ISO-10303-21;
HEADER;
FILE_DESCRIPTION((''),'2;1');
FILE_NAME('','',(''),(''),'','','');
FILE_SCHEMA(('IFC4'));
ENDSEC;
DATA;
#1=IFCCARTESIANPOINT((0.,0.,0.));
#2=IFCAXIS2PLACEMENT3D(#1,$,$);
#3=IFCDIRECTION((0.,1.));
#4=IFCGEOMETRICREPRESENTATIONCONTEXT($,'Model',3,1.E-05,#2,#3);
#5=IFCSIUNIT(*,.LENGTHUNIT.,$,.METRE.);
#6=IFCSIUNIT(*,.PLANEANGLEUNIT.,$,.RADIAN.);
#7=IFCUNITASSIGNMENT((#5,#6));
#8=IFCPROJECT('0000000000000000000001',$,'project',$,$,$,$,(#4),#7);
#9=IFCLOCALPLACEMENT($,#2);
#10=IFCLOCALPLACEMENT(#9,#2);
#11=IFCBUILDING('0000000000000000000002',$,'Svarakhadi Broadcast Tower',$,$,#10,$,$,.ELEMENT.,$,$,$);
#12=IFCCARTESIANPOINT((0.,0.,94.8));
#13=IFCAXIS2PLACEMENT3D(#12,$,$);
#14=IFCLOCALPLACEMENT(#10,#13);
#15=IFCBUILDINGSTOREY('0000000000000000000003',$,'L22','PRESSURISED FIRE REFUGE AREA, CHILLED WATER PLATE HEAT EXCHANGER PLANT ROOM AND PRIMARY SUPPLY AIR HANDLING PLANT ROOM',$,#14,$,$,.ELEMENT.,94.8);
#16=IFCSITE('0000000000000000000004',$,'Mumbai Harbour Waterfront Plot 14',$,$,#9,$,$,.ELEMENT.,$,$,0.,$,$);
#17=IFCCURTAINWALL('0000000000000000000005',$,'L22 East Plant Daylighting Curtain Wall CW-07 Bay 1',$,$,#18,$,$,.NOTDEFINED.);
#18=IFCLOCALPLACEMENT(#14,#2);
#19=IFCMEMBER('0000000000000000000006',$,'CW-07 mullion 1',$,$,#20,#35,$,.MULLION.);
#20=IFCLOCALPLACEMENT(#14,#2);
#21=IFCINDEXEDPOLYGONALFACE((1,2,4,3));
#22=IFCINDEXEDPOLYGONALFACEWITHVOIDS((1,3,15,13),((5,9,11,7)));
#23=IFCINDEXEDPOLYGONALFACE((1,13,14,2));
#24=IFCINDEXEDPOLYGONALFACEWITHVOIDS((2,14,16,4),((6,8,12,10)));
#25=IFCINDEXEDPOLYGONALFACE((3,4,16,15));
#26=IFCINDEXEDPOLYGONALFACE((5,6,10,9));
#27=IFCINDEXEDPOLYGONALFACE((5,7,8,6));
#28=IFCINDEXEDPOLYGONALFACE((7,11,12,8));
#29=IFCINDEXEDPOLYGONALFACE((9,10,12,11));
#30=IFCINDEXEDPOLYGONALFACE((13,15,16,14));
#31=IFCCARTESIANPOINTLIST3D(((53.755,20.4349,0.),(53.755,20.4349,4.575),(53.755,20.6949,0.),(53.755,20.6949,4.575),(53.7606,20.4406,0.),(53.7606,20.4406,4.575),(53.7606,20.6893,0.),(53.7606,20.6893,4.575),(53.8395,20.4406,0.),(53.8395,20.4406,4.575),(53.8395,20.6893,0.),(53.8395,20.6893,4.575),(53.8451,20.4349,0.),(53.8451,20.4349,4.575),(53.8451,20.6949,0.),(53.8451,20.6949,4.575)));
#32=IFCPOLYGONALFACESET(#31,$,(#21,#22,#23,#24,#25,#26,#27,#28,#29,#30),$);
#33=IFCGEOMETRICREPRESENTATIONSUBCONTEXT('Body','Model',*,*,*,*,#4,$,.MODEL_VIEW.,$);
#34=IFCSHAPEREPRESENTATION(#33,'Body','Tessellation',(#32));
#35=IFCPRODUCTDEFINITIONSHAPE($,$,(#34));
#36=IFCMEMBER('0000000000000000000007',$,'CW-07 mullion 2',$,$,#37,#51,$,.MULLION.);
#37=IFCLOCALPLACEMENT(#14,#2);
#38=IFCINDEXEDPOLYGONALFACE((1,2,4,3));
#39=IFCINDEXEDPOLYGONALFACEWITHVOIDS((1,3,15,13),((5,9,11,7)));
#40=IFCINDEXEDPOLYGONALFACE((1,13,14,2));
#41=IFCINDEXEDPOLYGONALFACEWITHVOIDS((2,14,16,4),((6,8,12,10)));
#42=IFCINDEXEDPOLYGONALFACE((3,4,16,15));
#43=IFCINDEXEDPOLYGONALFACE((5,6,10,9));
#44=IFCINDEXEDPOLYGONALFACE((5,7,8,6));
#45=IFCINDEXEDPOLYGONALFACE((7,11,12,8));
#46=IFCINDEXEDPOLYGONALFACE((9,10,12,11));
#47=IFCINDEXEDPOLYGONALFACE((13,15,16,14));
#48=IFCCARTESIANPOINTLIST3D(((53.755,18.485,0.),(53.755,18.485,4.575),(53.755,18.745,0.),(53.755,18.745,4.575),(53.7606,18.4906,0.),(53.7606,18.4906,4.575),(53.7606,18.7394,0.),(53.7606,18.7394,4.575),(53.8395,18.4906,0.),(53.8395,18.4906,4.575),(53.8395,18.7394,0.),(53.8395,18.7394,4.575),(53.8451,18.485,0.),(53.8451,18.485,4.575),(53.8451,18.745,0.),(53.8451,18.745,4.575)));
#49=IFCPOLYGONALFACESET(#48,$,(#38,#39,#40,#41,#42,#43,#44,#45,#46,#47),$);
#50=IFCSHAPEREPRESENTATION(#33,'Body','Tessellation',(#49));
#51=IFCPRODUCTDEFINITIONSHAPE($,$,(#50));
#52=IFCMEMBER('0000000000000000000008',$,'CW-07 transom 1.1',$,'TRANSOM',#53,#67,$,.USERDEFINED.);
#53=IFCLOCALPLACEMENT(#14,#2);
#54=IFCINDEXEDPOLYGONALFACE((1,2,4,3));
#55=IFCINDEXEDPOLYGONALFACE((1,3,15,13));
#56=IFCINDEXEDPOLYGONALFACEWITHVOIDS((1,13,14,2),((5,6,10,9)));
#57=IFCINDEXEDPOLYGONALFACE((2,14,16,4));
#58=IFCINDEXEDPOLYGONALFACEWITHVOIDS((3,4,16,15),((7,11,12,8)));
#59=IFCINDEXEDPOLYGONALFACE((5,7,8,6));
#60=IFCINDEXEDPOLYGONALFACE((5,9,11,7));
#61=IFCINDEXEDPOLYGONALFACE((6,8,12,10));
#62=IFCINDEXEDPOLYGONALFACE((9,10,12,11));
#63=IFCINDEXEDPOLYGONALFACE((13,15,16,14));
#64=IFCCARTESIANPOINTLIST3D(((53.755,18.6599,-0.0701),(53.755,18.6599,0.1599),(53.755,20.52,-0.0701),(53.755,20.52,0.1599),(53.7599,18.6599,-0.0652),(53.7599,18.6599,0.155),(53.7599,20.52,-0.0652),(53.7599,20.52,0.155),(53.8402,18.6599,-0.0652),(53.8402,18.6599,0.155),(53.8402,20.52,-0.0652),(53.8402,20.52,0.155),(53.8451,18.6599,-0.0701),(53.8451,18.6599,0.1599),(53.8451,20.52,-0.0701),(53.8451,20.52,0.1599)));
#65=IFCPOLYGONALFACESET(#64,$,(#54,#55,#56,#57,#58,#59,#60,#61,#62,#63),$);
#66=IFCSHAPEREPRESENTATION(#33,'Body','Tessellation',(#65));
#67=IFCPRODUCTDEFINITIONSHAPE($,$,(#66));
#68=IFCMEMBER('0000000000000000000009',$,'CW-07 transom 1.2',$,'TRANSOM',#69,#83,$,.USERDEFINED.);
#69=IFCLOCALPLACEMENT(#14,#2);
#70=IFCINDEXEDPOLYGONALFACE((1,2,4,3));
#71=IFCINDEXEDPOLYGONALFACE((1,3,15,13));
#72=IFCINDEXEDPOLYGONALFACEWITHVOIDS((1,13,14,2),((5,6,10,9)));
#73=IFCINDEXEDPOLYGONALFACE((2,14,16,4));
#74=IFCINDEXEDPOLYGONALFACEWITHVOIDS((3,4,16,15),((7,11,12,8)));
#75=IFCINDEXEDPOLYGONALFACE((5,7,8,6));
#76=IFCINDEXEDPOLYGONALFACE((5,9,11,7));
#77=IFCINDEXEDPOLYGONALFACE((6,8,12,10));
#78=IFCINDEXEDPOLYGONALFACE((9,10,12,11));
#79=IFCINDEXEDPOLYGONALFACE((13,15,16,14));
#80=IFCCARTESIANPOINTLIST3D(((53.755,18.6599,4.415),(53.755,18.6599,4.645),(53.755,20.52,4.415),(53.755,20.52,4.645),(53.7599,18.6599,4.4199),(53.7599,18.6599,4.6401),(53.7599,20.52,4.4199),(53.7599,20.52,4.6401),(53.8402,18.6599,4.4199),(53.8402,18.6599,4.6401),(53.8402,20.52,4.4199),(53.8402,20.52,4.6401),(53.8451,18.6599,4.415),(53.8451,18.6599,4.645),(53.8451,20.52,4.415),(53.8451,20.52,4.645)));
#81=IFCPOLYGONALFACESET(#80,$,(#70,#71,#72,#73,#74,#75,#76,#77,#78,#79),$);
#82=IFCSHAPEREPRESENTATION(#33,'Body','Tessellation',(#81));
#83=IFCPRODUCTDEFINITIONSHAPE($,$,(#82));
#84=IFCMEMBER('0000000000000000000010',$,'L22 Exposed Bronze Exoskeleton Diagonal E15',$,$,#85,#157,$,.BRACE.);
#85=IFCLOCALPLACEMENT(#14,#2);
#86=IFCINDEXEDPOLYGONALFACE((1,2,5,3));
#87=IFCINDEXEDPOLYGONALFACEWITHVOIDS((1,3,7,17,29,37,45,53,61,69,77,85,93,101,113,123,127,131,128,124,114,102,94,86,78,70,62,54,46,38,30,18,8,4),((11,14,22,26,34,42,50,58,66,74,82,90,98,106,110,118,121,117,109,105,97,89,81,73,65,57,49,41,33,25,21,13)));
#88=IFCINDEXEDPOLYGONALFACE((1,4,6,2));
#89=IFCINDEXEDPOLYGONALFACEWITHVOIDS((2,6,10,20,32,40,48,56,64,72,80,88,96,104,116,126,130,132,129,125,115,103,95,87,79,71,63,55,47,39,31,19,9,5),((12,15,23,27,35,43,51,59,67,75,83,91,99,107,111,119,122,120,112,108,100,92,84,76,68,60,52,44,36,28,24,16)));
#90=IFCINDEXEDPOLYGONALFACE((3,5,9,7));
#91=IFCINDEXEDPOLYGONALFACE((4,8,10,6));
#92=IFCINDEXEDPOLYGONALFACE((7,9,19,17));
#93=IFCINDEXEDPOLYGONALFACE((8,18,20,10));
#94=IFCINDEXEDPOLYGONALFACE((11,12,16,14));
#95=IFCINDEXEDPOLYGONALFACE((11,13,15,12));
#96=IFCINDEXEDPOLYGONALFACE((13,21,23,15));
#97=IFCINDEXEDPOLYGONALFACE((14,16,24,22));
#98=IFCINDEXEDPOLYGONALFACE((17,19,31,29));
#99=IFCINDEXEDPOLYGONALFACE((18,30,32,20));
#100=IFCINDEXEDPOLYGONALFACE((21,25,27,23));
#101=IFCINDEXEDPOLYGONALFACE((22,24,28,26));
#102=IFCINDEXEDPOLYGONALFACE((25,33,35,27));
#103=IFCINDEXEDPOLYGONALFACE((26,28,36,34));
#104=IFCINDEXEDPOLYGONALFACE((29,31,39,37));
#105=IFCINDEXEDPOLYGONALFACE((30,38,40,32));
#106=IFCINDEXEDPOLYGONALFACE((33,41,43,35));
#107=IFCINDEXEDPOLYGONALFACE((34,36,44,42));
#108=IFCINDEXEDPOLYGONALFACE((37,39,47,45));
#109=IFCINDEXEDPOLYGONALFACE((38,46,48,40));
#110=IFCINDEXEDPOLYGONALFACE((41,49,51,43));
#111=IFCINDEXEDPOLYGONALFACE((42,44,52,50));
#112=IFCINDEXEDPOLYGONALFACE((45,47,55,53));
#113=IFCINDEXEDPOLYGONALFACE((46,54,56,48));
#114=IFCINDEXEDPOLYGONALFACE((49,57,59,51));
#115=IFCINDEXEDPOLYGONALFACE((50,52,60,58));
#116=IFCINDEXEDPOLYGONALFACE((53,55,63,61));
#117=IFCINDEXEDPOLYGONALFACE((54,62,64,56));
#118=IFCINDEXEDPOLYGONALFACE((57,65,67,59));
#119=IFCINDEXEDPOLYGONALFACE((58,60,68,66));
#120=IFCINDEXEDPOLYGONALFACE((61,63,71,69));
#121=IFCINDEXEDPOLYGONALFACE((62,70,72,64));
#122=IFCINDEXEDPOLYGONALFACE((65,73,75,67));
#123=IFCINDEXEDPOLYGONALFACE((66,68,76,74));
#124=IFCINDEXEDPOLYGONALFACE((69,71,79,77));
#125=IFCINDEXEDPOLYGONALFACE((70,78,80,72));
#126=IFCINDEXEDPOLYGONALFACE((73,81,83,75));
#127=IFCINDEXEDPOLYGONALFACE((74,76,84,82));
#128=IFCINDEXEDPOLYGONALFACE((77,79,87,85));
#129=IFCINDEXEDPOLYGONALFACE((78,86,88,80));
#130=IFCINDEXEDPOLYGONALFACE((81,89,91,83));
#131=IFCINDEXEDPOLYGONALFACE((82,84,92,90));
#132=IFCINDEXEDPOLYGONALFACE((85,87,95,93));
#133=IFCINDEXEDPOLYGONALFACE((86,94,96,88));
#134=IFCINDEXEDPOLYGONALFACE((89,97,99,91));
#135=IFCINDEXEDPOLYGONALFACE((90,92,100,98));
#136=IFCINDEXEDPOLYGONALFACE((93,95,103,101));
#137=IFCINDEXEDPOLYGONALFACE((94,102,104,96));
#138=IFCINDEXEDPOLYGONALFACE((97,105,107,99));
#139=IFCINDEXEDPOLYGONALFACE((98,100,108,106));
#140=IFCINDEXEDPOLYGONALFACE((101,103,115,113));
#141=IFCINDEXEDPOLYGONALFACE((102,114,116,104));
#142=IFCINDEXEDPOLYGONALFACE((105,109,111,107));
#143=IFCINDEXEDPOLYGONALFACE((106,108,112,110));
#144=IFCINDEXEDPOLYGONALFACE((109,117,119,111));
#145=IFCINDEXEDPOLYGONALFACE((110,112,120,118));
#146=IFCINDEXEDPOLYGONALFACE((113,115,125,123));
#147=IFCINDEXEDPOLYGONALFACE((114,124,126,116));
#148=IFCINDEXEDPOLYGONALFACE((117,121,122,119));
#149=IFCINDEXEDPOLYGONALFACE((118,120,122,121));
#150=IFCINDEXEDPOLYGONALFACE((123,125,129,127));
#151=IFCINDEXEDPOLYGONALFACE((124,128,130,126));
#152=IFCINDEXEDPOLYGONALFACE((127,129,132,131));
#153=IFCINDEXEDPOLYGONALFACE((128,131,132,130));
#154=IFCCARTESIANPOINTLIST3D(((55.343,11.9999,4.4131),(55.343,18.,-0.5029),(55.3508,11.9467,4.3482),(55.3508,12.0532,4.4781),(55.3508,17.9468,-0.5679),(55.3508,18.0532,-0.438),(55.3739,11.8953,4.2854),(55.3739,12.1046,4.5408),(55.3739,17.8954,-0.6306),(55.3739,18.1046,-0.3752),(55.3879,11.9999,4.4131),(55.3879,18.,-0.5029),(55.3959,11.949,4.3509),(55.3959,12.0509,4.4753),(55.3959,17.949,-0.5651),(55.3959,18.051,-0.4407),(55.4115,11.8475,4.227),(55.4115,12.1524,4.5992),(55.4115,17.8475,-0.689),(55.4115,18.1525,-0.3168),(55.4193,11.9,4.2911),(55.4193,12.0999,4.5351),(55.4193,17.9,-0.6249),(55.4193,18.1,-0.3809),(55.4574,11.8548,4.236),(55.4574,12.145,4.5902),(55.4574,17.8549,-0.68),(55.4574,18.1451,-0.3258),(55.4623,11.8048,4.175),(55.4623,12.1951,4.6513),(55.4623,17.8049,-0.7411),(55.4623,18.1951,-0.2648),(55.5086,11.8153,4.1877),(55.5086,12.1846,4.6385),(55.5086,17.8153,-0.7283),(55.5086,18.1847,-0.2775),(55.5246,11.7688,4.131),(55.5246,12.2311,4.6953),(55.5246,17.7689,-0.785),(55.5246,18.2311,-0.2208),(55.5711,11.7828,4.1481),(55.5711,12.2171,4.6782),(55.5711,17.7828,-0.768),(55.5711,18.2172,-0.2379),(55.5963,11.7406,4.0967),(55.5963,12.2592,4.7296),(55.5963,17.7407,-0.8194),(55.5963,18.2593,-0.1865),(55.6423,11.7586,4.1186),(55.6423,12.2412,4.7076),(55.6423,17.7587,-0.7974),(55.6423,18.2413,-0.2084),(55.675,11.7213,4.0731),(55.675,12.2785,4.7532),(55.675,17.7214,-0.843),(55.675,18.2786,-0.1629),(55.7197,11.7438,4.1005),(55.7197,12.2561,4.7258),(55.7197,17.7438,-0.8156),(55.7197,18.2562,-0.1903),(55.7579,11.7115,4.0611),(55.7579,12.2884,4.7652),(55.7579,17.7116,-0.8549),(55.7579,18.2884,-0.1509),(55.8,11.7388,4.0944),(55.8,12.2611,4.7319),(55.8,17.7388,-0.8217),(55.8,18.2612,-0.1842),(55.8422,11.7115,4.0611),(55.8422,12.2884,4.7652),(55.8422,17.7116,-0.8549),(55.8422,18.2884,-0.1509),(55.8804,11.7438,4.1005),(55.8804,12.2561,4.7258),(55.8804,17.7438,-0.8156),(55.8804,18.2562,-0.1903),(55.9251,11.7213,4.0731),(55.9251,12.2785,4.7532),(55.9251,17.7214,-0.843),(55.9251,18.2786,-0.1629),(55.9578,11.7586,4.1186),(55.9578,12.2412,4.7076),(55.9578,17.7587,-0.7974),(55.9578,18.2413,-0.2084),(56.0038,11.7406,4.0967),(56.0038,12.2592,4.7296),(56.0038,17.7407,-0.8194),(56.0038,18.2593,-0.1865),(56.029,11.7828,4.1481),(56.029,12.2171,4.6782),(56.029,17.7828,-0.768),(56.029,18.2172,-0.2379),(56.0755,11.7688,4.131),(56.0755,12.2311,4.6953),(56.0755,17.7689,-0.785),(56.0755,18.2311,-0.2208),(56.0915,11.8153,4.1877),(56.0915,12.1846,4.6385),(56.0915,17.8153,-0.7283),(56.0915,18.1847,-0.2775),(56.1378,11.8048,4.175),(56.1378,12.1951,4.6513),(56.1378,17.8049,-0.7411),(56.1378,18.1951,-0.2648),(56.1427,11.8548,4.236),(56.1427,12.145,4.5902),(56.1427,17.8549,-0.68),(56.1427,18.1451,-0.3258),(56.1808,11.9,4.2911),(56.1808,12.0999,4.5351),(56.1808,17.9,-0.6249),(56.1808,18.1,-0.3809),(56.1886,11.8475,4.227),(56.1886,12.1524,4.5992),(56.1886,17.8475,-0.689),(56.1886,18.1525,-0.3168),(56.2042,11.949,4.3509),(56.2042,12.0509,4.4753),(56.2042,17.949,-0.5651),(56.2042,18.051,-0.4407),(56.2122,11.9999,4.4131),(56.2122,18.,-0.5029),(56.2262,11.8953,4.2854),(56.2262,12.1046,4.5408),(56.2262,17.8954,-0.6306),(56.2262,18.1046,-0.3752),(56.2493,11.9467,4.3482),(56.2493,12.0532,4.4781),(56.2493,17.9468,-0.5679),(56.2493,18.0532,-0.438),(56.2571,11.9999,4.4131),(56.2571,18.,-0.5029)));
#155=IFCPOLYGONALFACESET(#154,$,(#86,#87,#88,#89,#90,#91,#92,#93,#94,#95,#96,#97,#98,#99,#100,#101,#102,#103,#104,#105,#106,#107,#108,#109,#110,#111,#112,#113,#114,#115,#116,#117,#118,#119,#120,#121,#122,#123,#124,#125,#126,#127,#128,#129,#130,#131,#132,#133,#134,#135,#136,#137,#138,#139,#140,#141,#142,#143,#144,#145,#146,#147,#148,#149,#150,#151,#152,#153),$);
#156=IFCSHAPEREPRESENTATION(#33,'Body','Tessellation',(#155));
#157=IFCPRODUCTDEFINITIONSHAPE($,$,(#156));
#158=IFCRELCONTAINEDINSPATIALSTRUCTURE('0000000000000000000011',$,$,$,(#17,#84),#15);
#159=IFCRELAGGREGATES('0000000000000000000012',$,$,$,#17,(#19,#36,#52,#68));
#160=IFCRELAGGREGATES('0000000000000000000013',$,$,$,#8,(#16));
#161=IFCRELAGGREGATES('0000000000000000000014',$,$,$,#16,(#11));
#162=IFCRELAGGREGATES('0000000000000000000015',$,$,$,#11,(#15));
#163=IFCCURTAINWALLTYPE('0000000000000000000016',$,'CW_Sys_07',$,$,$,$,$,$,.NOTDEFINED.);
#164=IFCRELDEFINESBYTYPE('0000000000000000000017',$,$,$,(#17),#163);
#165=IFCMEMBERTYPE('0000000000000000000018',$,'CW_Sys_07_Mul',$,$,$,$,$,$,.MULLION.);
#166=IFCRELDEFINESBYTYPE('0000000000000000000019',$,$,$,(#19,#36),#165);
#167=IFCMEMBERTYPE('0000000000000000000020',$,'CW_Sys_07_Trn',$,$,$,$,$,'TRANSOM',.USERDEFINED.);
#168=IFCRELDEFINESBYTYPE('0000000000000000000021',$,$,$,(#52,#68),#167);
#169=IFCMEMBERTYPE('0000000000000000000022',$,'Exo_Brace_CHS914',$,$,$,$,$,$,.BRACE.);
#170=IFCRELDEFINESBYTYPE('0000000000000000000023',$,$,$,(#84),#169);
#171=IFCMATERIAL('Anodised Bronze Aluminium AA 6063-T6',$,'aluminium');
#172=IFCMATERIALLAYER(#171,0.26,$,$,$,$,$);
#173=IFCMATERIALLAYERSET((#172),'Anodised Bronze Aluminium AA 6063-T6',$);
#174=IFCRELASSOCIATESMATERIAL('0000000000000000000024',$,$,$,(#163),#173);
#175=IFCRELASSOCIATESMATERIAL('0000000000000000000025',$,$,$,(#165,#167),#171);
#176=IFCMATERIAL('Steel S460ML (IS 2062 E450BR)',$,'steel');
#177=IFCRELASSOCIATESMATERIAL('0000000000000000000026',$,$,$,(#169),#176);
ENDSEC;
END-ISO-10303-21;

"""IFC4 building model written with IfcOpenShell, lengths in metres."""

from ifc_helpers import new_model, si_unit, direction, frame, origin, origin_2d, place, context, subcontext, project, spatial, hollow_rectangle, hollow_circle, extrude, material, layer, layer_set, material_profile, profile_set, type_object, element, aggregate, save


model = new_model("IFC4")

# Units and contexts
model_context = context("Model", 3, precision=1e-05, world=origin(), true_north=direction((0.0, 1.0)))
body_context = subcontext(model_context, "Body", "Model", "MODEL_VIEW")
ifc_project = project(units=[si_unit("LENGTHUNIT", "METRE"), si_unit("PLANEANGLEUNIT", "RADIAN")], contexts=[model_context])

# Site, building, storey
site_placement = place(None, origin())
site = spatial("IfcSite", under=ifc_project, at=site_placement, Name="Mumbai Harbour Waterfront Plot 14", CompositionType="ELEMENT", RefElevation=0.0)
building_placement = place(site_placement, origin())
building = spatial("IfcBuilding", under=site, at=building_placement, Name="Svarakhadi Broadcast Tower", CompositionType="ELEMENT")
storey_placement = place(building_placement, frame((0.0, 0.0, 94.8)))
storey = spatial("IfcBuildingStorey", under=building, at=storey_placement, Name="L22", Description="PRESSURISED FIRE REFUGE AREA, CHILLED WATER PLATE HEAT EXCHANGER PLANT ROOM AND PRIMARY SUPPLY AIR HANDLING PLANT ROOM", CompositionType="ELEMENT", Elevation=94.8)

# Shared definitions
ifc_material_1 = material(Name="Steel S460ML (IS 2062 E450BR)", Category="steel")

# Curtain wall, members
ifc_material_2 = material(Name="Anodised Bronze Aluminium AA 6063-T6", Category="aluminium")
ifc_layer_1 = layer(ifc_material_2, 0.26)
ifc_layer_set_1 = layer_set([ifc_layer_1], Name="Anodised Bronze Aluminium AA 6063-T6")
curtain_wall_type = type_object("IfcCurtainWallType", Name="CW_Sys_07", PredefinedType="NOTDEFINED", material=ifc_layer_set_1)
curtain_wall_placement = place(storey_placement, origin())
curtain_wall = element("IfcCurtainWall", 1, at=curtain_wall_placement, inside=storey, type_object=curtain_wall_type, Name="L22 East Plant Daylighting Curtain Wall CW-07 Bay 1", PredefinedType="NOTDEFINED")
ifc_material_profile_1 = material_profile(ifc_material_2, hollow_rectangle(XDim=0.0901, YDim=0.26, WallThickness=0.0056, at=origin_2d()), Name="ALU MULLION 260x90x6")
ifc_profile_set_1 = profile_set([ifc_material_profile_1], Name="Anodised Bronze Aluminium AA 6063-T6")
member_type_1 = type_object("IfcMemberType", Name="CW_Sys_07_Mul", PredefinedType="MULLION", material=ifc_profile_set_1)
member_1_placement = place(storey_placement, frame((53.8, 20.5649, 0.0), z_axis=(0.0, 0.0, 1.0), x_axis=(1.0, 0.0, 0.0)))
member_1 = element("IfcMember", 2, at=member_1_placement, type_object=member_type_1, Name="CW-07 mullion 1", PredefinedType="MULLION", context=body_context, shape_type="SweptSolid", body=[
    extrude(hollow_rectangle(XDim=0.0901, YDim=0.26, WallThickness=0.0056, at=origin_2d()), origin(), (0.0, 0.0, 1.0), 4.575),
])
member_2_placement = place(storey_placement, frame((53.8, 18.615, 0.0), z_axis=(0.0, 0.0, 1.0), x_axis=(1.0, 0.0, 0.0)))
member_2 = element("IfcMember", 3, at=member_2_placement, type_object=member_type_1, Name="CW-07 mullion 2", PredefinedType="MULLION", context=body_context, shape_type="SweptSolid", body=[
    extrude(hollow_rectangle(XDim=0.0901, YDim=0.26, WallThickness=0.0056, at=origin_2d()), origin(), (0.0, 0.0, 1.0), 4.575),
])
ifc_material_profile_2 = material_profile(ifc_material_2, hollow_rectangle(XDim=0.0901, YDim=0.23, WallThickness=0.0049, at=origin_2d()), Name="ALU TRANSOM 230x90x5")
ifc_profile_set_2 = profile_set([ifc_material_profile_2], Name="Anodised Bronze Aluminium AA 6063-T6")
member_type_2 = type_object("IfcMemberType", Name="CW_Sys_07_Trn", ElementType="TRANSOM", PredefinedType="USERDEFINED", material=ifc_profile_set_2)
member_3_placement = place(storey_placement, frame((53.8, 20.52, 0.0449), z_axis=(0.0, -1.0, 0.0), x_axis=(1.0, 0.0, 0.0)))
member_3 = element("IfcMember", 4, at=member_3_placement, type_object=member_type_2, Name="CW-07 transom 1.1", ObjectType="TRANSOM", PredefinedType="USERDEFINED", context=body_context, shape_type="SweptSolid", body=[
    extrude(hollow_rectangle(XDim=0.0901, YDim=0.23, WallThickness=0.0049, at=origin_2d()), origin(), (0.0, 0.0, 1.0), 1.8601),
])
member_4_placement = place(storey_placement, frame((53.8, 20.52, 4.53), z_axis=(0.0, -1.0, 0.0), x_axis=(1.0, 0.0, 0.0)))
member_4 = element("IfcMember", 5, at=member_4_placement, type_object=member_type_2, Name="CW-07 transom 1.2", ObjectType="TRANSOM", PredefinedType="USERDEFINED", context=body_context, shape_type="SweptSolid", body=[
    extrude(hollow_rectangle(XDim=0.0901, YDim=0.23, WallThickness=0.0049, at=origin_2d()), origin(), (0.0, 0.0, 1.0), 1.8601),
])

# Member
ifc_material_profile_3 = material_profile(ifc_material_1, hollow_circle(Radius=0.457, WallThickness=0.0449, at=origin_2d()), Name="CHS 914x45")
ifc_profile_set_3 = profile_set([ifc_material_profile_3], Name="Steel S460ML (IS 2062 E450BR)")
member_type_3 = type_object("IfcMemberType", Name="Exo_Brace_CHS914", PredefinedType="BRACE", material=ifc_profile_set_3)
member_5_placement = place(storey_placement, frame((55.8, 18.0, -0.5029), z_axis=(0.0, -0.77352, 0.633772), x_axis=(1.0, 0.0, 0.0)))
element("IfcMember", 6, at=member_5_placement, inside=storey, type_object=member_type_3, Name="L22 Exposed Bronze Exoskeleton Diagonal E15", PredefinedType="BRACE", context=body_context, shape_type="SweptSolid", body=[
    extrude(hollow_circle(Radius=0.457, WallThickness=0.0449, at=origin_2d()), origin(), (0.0, 0.0, 1.0), 7.7568),
])

aggregate(curtain_wall, [member_1, member_2, member_3, member_4])

save(model, "model.ifc")
